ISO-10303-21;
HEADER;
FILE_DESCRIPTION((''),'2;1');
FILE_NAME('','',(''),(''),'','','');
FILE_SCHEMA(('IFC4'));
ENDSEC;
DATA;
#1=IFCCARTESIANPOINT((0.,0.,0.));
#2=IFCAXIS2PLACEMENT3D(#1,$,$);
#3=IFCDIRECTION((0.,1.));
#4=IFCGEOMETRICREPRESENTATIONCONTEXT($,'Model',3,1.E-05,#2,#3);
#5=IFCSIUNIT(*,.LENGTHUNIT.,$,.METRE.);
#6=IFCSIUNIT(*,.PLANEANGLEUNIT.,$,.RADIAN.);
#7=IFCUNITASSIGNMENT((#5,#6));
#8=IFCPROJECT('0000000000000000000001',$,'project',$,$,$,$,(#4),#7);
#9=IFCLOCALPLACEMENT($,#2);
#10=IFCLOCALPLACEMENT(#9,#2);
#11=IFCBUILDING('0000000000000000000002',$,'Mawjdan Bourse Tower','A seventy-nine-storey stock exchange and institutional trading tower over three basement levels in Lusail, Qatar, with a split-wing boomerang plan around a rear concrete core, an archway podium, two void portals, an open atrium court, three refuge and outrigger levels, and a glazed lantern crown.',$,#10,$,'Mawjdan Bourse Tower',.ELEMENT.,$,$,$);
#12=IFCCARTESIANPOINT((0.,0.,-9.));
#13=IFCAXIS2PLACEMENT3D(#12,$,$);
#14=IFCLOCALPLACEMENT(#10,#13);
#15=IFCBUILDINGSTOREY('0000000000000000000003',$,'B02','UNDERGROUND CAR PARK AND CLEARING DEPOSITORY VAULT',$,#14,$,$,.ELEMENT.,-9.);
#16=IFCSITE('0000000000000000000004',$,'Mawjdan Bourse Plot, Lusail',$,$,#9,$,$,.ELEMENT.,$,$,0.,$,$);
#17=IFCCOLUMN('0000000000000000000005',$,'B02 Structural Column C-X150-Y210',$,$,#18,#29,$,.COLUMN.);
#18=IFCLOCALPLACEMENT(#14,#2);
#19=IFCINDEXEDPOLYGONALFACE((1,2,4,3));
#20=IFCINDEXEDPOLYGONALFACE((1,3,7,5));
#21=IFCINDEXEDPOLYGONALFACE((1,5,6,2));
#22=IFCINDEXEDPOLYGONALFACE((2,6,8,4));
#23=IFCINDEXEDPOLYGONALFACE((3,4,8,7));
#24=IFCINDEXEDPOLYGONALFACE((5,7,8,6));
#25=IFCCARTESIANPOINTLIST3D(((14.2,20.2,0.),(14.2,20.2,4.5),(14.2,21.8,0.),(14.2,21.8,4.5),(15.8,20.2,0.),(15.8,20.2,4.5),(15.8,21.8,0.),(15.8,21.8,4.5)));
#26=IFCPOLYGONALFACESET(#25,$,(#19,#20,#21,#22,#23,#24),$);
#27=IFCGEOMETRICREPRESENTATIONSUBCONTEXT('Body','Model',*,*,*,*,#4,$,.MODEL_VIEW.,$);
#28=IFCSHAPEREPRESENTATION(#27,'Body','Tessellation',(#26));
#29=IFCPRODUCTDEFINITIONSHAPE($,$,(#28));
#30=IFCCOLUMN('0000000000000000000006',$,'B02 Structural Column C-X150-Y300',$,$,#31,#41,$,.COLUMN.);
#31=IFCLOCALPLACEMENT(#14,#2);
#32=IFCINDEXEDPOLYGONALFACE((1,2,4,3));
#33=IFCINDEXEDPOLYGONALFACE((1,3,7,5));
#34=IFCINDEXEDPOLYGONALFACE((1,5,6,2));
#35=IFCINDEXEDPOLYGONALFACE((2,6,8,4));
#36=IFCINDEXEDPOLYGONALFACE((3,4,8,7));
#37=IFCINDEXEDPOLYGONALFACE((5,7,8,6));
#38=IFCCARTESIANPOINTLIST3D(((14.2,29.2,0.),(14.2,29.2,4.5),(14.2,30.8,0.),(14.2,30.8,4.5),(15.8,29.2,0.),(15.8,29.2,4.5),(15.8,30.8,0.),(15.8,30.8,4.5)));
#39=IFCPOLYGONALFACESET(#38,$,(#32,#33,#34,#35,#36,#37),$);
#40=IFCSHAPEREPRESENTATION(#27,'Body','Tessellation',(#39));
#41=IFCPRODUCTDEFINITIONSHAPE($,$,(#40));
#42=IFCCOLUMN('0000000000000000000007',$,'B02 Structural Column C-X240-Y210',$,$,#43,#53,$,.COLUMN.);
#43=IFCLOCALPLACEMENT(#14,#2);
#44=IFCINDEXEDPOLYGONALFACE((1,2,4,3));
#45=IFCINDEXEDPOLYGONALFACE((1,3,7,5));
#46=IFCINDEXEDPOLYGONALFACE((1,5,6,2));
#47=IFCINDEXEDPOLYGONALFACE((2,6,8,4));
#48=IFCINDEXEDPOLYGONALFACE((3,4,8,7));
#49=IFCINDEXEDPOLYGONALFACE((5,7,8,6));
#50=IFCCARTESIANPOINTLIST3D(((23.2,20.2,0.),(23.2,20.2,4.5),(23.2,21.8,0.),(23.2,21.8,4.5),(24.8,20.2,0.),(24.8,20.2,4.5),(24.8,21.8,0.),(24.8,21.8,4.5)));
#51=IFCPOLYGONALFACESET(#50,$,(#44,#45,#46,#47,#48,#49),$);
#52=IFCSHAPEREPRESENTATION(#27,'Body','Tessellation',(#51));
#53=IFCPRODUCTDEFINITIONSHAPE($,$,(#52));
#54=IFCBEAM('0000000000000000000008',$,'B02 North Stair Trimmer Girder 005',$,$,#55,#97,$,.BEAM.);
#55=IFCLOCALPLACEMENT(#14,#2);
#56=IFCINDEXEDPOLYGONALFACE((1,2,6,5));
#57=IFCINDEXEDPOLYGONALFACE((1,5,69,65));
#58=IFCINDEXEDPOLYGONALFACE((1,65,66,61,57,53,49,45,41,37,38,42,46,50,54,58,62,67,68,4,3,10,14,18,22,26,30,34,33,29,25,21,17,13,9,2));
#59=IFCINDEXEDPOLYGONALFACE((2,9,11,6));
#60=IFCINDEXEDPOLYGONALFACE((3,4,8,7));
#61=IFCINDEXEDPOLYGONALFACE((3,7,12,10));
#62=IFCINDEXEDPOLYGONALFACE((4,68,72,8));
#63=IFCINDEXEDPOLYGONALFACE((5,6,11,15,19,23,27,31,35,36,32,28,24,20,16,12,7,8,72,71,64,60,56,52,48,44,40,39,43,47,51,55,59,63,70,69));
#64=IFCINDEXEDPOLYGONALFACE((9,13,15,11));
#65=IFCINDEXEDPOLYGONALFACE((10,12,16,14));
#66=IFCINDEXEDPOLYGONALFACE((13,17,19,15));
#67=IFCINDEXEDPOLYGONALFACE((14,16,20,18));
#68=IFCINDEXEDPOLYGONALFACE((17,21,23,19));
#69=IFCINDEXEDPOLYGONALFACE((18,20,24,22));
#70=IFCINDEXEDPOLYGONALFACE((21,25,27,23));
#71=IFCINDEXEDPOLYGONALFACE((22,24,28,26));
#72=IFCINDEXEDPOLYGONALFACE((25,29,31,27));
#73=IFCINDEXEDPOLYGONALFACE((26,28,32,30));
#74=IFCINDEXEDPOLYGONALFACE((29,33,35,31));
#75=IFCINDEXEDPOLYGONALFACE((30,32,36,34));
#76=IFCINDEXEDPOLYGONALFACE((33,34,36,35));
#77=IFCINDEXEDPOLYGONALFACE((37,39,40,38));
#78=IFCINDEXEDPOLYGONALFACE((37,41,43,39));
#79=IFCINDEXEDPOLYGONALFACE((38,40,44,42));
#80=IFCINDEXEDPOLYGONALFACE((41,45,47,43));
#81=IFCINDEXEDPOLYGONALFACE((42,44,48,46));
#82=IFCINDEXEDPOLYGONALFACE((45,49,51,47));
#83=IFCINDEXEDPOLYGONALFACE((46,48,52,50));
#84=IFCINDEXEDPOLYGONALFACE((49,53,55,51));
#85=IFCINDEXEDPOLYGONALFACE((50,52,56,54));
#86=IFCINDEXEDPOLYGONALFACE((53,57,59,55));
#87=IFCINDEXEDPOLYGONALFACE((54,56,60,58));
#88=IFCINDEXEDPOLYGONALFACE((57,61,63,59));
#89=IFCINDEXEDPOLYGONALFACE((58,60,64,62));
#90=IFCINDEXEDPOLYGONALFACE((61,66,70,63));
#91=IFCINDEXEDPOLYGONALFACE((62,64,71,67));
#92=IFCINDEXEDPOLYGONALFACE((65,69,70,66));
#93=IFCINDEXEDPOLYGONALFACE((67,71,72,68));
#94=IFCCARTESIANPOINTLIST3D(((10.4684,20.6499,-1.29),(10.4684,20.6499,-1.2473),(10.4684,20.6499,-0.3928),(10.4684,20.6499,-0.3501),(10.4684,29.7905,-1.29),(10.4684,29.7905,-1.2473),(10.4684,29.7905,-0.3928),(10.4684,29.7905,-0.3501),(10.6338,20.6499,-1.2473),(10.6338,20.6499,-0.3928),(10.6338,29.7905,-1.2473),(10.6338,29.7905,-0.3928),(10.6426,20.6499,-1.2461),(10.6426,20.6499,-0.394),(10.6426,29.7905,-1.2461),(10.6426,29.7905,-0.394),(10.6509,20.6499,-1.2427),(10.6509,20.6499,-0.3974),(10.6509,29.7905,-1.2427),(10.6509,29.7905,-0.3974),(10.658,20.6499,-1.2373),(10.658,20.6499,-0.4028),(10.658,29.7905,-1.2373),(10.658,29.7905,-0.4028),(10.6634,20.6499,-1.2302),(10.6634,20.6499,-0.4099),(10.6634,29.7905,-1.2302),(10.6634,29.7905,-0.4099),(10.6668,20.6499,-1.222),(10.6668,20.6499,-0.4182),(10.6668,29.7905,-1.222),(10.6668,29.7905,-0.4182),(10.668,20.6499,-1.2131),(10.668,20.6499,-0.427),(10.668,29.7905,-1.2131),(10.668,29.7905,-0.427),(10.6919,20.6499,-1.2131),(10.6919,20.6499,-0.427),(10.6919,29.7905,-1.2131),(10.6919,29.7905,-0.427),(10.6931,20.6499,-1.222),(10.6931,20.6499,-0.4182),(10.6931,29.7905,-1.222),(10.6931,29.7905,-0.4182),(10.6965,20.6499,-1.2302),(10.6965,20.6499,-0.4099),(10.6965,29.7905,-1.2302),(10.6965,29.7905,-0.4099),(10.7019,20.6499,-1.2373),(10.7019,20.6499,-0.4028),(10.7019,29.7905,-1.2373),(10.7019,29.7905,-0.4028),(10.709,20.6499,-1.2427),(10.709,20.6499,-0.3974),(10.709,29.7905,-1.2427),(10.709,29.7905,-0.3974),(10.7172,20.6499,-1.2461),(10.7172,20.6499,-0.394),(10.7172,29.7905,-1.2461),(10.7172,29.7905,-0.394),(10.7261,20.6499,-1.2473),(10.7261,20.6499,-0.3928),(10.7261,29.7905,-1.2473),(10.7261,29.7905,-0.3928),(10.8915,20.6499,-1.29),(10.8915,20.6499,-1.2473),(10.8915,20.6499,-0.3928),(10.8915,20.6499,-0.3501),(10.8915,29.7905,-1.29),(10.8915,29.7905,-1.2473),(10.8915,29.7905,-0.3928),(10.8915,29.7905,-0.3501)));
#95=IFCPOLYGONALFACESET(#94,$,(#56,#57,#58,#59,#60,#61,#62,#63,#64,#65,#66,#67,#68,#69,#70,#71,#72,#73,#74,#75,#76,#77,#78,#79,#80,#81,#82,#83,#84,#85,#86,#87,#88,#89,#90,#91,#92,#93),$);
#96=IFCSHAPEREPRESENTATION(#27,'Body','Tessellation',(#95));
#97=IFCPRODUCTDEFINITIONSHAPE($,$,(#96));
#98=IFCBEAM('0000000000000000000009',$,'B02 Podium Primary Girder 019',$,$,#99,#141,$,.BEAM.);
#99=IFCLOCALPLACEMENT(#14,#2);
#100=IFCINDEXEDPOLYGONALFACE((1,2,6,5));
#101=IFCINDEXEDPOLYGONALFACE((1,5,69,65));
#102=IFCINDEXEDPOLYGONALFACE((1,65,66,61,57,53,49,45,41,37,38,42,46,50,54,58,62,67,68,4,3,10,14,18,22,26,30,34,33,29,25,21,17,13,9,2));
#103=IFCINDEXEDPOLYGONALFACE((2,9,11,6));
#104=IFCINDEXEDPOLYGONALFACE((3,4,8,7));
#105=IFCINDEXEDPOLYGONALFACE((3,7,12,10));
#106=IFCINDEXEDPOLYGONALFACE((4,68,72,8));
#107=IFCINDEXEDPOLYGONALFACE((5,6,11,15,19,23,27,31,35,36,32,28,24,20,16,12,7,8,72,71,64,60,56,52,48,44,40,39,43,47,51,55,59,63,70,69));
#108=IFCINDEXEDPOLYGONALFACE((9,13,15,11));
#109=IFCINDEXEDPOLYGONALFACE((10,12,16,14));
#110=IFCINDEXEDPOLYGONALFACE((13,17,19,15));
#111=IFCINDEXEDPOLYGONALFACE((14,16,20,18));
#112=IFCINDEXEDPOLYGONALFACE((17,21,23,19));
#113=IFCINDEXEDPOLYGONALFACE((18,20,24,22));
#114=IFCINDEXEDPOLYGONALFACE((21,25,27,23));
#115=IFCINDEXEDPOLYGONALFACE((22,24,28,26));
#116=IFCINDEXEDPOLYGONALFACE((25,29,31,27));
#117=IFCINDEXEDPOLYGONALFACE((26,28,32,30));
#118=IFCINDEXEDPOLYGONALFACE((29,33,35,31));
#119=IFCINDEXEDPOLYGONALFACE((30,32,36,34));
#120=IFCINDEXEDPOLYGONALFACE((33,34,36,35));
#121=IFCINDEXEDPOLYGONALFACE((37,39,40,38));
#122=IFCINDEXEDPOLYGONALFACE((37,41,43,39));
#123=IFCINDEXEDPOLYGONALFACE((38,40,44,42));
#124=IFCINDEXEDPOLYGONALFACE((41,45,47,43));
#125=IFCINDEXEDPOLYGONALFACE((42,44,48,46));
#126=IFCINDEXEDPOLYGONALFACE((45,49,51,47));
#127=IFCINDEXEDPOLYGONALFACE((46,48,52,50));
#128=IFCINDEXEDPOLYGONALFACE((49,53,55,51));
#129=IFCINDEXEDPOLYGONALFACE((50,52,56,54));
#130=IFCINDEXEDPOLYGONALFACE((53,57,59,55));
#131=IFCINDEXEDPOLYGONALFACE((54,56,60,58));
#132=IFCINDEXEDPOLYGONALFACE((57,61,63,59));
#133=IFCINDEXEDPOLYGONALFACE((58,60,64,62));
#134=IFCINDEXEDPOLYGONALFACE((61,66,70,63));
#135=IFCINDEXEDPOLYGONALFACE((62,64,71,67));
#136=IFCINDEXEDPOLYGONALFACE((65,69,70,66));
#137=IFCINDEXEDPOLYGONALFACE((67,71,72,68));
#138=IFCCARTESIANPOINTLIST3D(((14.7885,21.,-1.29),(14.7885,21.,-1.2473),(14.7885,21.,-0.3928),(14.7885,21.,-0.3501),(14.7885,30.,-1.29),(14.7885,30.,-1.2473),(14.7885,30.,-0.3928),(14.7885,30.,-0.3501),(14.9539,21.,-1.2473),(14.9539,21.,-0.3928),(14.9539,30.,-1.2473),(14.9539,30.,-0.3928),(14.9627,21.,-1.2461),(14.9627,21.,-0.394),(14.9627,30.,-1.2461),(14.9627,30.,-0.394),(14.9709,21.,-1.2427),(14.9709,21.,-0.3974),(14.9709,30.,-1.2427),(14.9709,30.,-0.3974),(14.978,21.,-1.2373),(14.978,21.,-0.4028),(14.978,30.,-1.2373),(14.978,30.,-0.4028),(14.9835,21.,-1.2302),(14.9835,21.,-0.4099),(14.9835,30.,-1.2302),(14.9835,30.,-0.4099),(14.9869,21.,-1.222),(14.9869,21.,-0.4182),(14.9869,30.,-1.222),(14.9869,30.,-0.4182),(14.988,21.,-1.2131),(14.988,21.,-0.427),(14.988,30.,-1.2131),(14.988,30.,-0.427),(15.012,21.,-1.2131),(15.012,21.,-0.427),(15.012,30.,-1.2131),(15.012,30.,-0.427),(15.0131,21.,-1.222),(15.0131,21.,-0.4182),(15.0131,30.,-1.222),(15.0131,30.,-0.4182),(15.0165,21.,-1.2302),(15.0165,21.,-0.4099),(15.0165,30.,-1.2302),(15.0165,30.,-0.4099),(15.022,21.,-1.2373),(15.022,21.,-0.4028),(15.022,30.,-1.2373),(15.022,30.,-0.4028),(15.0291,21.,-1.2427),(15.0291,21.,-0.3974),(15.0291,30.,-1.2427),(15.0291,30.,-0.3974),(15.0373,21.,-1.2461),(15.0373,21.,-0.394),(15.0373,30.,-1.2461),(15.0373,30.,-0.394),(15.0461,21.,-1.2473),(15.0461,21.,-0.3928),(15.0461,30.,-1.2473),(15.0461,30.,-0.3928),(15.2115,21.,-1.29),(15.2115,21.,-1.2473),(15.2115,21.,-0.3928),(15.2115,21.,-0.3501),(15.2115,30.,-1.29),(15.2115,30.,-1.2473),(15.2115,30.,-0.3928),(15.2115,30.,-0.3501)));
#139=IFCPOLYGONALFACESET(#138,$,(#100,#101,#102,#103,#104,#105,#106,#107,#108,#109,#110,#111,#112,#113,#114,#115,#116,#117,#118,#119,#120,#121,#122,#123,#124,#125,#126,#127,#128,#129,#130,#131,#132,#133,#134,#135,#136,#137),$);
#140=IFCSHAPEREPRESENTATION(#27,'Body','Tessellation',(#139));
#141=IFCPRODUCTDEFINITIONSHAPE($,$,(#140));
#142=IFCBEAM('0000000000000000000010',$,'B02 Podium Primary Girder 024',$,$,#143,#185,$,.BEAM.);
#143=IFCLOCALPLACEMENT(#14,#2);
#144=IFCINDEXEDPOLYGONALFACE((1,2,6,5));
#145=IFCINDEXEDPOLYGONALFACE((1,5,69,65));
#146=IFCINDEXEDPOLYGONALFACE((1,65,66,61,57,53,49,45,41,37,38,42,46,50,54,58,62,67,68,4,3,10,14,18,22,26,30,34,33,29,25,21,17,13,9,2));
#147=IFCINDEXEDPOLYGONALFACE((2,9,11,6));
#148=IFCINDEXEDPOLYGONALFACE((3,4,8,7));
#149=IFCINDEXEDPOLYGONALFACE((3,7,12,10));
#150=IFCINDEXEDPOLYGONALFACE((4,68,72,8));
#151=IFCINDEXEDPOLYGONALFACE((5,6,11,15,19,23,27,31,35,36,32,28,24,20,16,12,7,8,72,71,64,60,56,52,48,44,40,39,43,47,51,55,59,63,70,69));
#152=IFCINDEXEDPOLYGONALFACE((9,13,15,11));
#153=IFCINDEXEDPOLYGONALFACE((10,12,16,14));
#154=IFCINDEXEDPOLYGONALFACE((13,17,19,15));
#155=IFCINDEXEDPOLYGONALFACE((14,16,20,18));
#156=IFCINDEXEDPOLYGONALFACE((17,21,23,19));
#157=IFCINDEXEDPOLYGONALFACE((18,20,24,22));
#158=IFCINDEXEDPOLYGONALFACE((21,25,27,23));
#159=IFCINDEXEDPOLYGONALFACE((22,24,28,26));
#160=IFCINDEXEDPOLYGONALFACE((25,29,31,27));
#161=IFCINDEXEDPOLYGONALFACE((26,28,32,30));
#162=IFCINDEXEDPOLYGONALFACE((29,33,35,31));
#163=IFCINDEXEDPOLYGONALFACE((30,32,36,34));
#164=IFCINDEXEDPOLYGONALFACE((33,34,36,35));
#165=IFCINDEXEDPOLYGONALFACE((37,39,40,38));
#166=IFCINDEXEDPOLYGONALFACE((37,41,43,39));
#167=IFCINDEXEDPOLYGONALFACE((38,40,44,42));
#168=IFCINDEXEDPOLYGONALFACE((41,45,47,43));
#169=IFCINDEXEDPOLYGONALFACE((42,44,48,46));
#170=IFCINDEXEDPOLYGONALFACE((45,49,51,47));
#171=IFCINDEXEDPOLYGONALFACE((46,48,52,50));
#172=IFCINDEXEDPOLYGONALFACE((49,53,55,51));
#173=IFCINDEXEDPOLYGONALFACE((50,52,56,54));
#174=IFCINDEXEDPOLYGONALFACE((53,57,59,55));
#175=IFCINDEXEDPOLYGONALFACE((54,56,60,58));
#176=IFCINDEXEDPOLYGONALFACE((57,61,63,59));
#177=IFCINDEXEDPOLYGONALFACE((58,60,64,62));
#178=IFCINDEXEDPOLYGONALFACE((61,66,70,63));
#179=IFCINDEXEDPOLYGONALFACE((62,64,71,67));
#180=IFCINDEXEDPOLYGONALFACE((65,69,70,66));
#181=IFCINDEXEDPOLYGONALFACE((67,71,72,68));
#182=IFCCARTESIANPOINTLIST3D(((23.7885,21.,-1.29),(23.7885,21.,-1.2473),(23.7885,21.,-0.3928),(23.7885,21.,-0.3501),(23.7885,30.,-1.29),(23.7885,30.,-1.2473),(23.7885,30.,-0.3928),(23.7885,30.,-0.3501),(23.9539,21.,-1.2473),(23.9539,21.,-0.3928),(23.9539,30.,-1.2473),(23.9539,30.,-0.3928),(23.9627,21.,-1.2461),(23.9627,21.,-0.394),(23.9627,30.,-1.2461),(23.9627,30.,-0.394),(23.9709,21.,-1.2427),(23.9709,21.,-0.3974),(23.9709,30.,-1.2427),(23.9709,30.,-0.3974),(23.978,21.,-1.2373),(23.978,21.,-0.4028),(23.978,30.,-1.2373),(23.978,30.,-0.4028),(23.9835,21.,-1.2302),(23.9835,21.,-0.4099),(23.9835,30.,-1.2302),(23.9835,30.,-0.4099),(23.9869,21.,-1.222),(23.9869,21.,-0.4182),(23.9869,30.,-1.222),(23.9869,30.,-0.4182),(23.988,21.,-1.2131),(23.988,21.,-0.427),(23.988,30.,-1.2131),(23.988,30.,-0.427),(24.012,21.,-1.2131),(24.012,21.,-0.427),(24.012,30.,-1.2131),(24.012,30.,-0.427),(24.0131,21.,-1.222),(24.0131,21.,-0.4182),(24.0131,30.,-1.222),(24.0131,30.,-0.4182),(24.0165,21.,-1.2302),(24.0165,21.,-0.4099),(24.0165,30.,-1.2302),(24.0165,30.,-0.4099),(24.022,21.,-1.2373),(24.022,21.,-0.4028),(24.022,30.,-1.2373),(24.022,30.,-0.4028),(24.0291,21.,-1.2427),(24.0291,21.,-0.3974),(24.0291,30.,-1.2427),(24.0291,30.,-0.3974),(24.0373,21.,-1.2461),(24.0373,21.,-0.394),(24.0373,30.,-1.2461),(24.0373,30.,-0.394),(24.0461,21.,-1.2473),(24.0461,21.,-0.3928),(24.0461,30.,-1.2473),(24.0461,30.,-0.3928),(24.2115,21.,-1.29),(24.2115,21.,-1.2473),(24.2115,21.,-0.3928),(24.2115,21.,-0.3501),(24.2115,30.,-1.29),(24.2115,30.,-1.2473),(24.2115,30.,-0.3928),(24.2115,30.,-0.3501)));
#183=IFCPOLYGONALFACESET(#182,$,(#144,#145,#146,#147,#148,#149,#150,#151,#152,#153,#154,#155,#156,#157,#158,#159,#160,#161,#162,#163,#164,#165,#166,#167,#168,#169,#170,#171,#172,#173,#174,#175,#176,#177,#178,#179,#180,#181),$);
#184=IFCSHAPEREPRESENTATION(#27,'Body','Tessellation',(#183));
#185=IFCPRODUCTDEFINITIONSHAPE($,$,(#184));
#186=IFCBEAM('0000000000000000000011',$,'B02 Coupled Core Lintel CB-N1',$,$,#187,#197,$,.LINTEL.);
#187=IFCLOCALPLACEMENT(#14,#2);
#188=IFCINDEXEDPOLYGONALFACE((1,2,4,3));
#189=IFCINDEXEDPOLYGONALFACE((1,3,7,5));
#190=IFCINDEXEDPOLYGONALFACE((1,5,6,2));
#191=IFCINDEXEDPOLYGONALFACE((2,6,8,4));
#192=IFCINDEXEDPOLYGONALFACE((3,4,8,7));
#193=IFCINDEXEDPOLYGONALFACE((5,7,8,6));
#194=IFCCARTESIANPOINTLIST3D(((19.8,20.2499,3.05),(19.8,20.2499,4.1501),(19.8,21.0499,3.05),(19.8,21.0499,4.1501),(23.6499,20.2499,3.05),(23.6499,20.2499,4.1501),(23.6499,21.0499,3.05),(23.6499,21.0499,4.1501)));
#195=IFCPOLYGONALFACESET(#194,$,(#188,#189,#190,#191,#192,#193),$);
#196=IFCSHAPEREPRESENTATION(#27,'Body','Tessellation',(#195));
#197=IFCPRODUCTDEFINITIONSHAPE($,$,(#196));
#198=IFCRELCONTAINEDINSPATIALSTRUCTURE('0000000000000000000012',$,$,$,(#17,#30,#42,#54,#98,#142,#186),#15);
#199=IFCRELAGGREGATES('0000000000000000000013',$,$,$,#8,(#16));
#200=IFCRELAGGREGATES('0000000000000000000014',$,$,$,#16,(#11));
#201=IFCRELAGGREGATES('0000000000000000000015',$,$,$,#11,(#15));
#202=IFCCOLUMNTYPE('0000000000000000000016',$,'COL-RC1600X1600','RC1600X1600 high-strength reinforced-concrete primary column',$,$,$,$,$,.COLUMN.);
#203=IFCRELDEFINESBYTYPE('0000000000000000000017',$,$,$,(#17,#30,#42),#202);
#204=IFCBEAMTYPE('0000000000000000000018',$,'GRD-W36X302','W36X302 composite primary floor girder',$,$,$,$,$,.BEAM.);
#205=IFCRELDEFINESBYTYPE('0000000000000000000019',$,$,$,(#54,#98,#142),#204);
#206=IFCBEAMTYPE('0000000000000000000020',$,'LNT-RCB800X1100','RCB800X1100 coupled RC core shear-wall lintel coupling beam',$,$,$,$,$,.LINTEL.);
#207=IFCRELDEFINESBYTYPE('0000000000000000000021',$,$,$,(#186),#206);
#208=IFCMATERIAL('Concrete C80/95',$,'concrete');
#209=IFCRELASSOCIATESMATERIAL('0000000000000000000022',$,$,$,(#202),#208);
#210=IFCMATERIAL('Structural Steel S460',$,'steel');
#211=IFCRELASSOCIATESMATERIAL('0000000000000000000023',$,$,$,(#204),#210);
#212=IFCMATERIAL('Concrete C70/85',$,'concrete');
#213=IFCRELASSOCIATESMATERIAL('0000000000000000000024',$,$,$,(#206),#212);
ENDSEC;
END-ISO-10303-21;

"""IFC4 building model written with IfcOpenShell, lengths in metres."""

from ifc_helpers import new_model, si_unit, direction, frame, origin, origin_2d, place, context, subcontext, project, spatial, rectangle, i_section, extrude, material, material_profile, profile_set, type_object, element, save


model = new_model("IFC4")

# Units and contexts
model_context = context("Model", 3, precision=1e-05, world=origin(), true_north=direction((0.0, 1.0)))
body_context = subcontext(model_context, "Body", "Model", "MODEL_VIEW")
ifc_project = project(units=[si_unit("LENGTHUNIT", "METRE"), si_unit("PLANEANGLEUNIT", "RADIAN")], contexts=[model_context])

# Site, building, storey
site_placement = place(None, origin())
site = spatial("IfcSite", under=ifc_project, at=site_placement, Name="Mawjdan Bourse Plot, Lusail", CompositionType="ELEMENT", RefElevation=0.0)
building_placement = place(site_placement, origin())
building = spatial("IfcBuilding", under=site, at=building_placement, Name="Mawjdan Bourse Tower", Description="A seventy-nine-storey stock exchange and institutional trading tower over three basement levels in Lusail, Qatar, with a split-wing boomerang plan around a rear concrete core, an archway podium, two void portals, an open atrium court, three refuge and outrigger levels, and a glazed lantern crown.", LongName="Mawjdan Bourse Tower", CompositionType="ELEMENT")
storey_placement = place(building_placement, frame((0.0, 0.0, -9.0)))
storey = spatial("IfcBuildingStorey", under=building, at=storey_placement, Name="B02", Description="UNDERGROUND CAR PARK AND CLEARING DEPOSITORY VAULT", CompositionType="ELEMENT", Elevation=-9.0)

# Columns
ifc_material_1 = material(Name="Concrete C80/95", Category="concrete")
ifc_material_profile_1 = material_profile(ifc_material_1, rectangle(XDim=1.6001, YDim=1.6001, at=origin_2d()), Name="RC1600X1600")
ifc_profile_set_1 = profile_set([ifc_material_profile_1], Name="Concrete C80/95")
column_type = type_object("IfcColumnType", Name="COL-RC1600X1600", Description="RC1600X1600 high-strength reinforced-concrete primary column", PredefinedType="COLUMN", material=ifc_profile_set_1)
for number, where, z_axis, x_axis, name in (
    (1, (15.0, 21.0, 0.0), (0.0, 0.0, 1.0), (1.0, 0.0, 0.0), "B02 Structural Column C-X150-Y210"),
    (2, (15.0, 30.0, 0.0), (0.0, 0.0, 1.0), (1.0, 0.0, 0.0), "B02 Structural Column C-X150-Y300"),
    (3, (24.0, 21.0, 0.0), (0.0, 0.0, 1.0), (1.0, 0.0, 0.0), "B02 Structural Column C-X240-Y210"),
):
    element("IfcColumn", number, at=place(storey_placement, frame(where, z_axis=z_axis, x_axis=x_axis)), inside=storey, type_object=column_type, Name=name, PredefinedType="COLUMN", context=body_context, shape_type="SweptSolid", body=[
        extrude(rectangle(XDim=1.6001, YDim=1.6001, at=origin_2d()), origin(), (0.0, 0.0, 1.0), 4.5),
    ])

# Beams
ifc_material_2 = material(Name="Structural Steel S460", Category="steel")
ifc_material_profile_2 = material_profile(ifc_material_2, i_section(OverallWidth=0.4231, OverallDepth=0.9399, WebThickness=0.0239, FlangeThickness=0.0427, FilletRadius=0.0342, at=origin_2d()), Name="W36X302")
ifc_profile_set_2 = profile_set([ifc_material_profile_2], Name="Structural Steel S460")
beam_type_1 = type_object("IfcBeamType", Name="GRD-W36X302", Description="W36X302 composite primary floor girder", PredefinedType="BEAM", material=ifc_profile_set_2)
beam_1_placement = place(storey_placement, frame((10.6799, 20.6499, -0.8201), z_axis=(0.0, 1.0, 0.0), x_axis=(-1.0, 0.0, 0.0)))
element("IfcBeam", 4, at=beam_1_placement, inside=storey, type_object=beam_type_1, Name="B02 North Stair Trimmer Girder 005", PredefinedType="BEAM", context=body_context, shape_type="SweptSolid", body=[
    extrude(i_section(OverallWidth=0.4231, OverallDepth=0.9399, WebThickness=0.0239, FlangeThickness=0.0427, FilletRadius=0.0342, at=origin_2d()), origin(), (0.0, 0.0, 1.0), 9.1406),
])
for number, where, z_axis, x_axis, name in (
    (5, (15.0, 21.0, -0.8201), (0.0, 1.0, 0.0), (-1.0, 0.0, 0.0), "B02 Podium Primary Girder 019"),
    (6, (24.0, 21.0, -0.8201), (0.0, 1.0, 0.0), (-1.0, 0.0, 0.0), "B02 Podium Primary Girder 024"),
):
    element("IfcBeam", number, at=place(storey_placement, frame(where, z_axis=z_axis, x_axis=x_axis)), inside=storey, type_object=beam_type_1, Name=name, PredefinedType="BEAM", context=body_context, shape_type="SweptSolid", body=[
        extrude(i_section(OverallWidth=0.4231, OverallDepth=0.9399, WebThickness=0.0239, FlangeThickness=0.0427, FilletRadius=0.0342, at=origin_2d()), origin(), (0.0, 0.0, 1.0), 9.0),
    ])
ifc_material_3 = material(Name="Concrete C70/85", Category="concrete")
ifc_material_profile_3 = material_profile(ifc_material_3, rectangle(XDim=0.8, YDim=1.1001, at=origin_2d()), Name="RCB800X1100")
ifc_profile_set_3 = profile_set([ifc_material_profile_3], Name="Concrete C70/85")
beam_type_2 = type_object("IfcBeamType", Name="LNT-RCB800X1100", Description="RCB800X1100 coupled RC core shear-wall lintel coupling beam", PredefinedType="LINTEL", material=ifc_profile_set_3)
beam_2_placement = place(storey_placement, frame((19.8, 20.6499, 3.6001), z_axis=(1.0, 0.0, 0.0), x_axis=(0.0, 1.0, 0.0)))
element("IfcBeam", 7, at=beam_2_placement, inside=storey, type_object=beam_type_2, Name="B02 Coupled Core Lintel CB-N1", PredefinedType="LINTEL", context=body_context, shape_type="SweptSolid", body=[
    extrude(rectangle(XDim=0.8, YDim=1.1001, at=origin_2d()), origin(), (0.0, 0.0, 1.0), 3.8499),
])

save(model, "model.ifc")
